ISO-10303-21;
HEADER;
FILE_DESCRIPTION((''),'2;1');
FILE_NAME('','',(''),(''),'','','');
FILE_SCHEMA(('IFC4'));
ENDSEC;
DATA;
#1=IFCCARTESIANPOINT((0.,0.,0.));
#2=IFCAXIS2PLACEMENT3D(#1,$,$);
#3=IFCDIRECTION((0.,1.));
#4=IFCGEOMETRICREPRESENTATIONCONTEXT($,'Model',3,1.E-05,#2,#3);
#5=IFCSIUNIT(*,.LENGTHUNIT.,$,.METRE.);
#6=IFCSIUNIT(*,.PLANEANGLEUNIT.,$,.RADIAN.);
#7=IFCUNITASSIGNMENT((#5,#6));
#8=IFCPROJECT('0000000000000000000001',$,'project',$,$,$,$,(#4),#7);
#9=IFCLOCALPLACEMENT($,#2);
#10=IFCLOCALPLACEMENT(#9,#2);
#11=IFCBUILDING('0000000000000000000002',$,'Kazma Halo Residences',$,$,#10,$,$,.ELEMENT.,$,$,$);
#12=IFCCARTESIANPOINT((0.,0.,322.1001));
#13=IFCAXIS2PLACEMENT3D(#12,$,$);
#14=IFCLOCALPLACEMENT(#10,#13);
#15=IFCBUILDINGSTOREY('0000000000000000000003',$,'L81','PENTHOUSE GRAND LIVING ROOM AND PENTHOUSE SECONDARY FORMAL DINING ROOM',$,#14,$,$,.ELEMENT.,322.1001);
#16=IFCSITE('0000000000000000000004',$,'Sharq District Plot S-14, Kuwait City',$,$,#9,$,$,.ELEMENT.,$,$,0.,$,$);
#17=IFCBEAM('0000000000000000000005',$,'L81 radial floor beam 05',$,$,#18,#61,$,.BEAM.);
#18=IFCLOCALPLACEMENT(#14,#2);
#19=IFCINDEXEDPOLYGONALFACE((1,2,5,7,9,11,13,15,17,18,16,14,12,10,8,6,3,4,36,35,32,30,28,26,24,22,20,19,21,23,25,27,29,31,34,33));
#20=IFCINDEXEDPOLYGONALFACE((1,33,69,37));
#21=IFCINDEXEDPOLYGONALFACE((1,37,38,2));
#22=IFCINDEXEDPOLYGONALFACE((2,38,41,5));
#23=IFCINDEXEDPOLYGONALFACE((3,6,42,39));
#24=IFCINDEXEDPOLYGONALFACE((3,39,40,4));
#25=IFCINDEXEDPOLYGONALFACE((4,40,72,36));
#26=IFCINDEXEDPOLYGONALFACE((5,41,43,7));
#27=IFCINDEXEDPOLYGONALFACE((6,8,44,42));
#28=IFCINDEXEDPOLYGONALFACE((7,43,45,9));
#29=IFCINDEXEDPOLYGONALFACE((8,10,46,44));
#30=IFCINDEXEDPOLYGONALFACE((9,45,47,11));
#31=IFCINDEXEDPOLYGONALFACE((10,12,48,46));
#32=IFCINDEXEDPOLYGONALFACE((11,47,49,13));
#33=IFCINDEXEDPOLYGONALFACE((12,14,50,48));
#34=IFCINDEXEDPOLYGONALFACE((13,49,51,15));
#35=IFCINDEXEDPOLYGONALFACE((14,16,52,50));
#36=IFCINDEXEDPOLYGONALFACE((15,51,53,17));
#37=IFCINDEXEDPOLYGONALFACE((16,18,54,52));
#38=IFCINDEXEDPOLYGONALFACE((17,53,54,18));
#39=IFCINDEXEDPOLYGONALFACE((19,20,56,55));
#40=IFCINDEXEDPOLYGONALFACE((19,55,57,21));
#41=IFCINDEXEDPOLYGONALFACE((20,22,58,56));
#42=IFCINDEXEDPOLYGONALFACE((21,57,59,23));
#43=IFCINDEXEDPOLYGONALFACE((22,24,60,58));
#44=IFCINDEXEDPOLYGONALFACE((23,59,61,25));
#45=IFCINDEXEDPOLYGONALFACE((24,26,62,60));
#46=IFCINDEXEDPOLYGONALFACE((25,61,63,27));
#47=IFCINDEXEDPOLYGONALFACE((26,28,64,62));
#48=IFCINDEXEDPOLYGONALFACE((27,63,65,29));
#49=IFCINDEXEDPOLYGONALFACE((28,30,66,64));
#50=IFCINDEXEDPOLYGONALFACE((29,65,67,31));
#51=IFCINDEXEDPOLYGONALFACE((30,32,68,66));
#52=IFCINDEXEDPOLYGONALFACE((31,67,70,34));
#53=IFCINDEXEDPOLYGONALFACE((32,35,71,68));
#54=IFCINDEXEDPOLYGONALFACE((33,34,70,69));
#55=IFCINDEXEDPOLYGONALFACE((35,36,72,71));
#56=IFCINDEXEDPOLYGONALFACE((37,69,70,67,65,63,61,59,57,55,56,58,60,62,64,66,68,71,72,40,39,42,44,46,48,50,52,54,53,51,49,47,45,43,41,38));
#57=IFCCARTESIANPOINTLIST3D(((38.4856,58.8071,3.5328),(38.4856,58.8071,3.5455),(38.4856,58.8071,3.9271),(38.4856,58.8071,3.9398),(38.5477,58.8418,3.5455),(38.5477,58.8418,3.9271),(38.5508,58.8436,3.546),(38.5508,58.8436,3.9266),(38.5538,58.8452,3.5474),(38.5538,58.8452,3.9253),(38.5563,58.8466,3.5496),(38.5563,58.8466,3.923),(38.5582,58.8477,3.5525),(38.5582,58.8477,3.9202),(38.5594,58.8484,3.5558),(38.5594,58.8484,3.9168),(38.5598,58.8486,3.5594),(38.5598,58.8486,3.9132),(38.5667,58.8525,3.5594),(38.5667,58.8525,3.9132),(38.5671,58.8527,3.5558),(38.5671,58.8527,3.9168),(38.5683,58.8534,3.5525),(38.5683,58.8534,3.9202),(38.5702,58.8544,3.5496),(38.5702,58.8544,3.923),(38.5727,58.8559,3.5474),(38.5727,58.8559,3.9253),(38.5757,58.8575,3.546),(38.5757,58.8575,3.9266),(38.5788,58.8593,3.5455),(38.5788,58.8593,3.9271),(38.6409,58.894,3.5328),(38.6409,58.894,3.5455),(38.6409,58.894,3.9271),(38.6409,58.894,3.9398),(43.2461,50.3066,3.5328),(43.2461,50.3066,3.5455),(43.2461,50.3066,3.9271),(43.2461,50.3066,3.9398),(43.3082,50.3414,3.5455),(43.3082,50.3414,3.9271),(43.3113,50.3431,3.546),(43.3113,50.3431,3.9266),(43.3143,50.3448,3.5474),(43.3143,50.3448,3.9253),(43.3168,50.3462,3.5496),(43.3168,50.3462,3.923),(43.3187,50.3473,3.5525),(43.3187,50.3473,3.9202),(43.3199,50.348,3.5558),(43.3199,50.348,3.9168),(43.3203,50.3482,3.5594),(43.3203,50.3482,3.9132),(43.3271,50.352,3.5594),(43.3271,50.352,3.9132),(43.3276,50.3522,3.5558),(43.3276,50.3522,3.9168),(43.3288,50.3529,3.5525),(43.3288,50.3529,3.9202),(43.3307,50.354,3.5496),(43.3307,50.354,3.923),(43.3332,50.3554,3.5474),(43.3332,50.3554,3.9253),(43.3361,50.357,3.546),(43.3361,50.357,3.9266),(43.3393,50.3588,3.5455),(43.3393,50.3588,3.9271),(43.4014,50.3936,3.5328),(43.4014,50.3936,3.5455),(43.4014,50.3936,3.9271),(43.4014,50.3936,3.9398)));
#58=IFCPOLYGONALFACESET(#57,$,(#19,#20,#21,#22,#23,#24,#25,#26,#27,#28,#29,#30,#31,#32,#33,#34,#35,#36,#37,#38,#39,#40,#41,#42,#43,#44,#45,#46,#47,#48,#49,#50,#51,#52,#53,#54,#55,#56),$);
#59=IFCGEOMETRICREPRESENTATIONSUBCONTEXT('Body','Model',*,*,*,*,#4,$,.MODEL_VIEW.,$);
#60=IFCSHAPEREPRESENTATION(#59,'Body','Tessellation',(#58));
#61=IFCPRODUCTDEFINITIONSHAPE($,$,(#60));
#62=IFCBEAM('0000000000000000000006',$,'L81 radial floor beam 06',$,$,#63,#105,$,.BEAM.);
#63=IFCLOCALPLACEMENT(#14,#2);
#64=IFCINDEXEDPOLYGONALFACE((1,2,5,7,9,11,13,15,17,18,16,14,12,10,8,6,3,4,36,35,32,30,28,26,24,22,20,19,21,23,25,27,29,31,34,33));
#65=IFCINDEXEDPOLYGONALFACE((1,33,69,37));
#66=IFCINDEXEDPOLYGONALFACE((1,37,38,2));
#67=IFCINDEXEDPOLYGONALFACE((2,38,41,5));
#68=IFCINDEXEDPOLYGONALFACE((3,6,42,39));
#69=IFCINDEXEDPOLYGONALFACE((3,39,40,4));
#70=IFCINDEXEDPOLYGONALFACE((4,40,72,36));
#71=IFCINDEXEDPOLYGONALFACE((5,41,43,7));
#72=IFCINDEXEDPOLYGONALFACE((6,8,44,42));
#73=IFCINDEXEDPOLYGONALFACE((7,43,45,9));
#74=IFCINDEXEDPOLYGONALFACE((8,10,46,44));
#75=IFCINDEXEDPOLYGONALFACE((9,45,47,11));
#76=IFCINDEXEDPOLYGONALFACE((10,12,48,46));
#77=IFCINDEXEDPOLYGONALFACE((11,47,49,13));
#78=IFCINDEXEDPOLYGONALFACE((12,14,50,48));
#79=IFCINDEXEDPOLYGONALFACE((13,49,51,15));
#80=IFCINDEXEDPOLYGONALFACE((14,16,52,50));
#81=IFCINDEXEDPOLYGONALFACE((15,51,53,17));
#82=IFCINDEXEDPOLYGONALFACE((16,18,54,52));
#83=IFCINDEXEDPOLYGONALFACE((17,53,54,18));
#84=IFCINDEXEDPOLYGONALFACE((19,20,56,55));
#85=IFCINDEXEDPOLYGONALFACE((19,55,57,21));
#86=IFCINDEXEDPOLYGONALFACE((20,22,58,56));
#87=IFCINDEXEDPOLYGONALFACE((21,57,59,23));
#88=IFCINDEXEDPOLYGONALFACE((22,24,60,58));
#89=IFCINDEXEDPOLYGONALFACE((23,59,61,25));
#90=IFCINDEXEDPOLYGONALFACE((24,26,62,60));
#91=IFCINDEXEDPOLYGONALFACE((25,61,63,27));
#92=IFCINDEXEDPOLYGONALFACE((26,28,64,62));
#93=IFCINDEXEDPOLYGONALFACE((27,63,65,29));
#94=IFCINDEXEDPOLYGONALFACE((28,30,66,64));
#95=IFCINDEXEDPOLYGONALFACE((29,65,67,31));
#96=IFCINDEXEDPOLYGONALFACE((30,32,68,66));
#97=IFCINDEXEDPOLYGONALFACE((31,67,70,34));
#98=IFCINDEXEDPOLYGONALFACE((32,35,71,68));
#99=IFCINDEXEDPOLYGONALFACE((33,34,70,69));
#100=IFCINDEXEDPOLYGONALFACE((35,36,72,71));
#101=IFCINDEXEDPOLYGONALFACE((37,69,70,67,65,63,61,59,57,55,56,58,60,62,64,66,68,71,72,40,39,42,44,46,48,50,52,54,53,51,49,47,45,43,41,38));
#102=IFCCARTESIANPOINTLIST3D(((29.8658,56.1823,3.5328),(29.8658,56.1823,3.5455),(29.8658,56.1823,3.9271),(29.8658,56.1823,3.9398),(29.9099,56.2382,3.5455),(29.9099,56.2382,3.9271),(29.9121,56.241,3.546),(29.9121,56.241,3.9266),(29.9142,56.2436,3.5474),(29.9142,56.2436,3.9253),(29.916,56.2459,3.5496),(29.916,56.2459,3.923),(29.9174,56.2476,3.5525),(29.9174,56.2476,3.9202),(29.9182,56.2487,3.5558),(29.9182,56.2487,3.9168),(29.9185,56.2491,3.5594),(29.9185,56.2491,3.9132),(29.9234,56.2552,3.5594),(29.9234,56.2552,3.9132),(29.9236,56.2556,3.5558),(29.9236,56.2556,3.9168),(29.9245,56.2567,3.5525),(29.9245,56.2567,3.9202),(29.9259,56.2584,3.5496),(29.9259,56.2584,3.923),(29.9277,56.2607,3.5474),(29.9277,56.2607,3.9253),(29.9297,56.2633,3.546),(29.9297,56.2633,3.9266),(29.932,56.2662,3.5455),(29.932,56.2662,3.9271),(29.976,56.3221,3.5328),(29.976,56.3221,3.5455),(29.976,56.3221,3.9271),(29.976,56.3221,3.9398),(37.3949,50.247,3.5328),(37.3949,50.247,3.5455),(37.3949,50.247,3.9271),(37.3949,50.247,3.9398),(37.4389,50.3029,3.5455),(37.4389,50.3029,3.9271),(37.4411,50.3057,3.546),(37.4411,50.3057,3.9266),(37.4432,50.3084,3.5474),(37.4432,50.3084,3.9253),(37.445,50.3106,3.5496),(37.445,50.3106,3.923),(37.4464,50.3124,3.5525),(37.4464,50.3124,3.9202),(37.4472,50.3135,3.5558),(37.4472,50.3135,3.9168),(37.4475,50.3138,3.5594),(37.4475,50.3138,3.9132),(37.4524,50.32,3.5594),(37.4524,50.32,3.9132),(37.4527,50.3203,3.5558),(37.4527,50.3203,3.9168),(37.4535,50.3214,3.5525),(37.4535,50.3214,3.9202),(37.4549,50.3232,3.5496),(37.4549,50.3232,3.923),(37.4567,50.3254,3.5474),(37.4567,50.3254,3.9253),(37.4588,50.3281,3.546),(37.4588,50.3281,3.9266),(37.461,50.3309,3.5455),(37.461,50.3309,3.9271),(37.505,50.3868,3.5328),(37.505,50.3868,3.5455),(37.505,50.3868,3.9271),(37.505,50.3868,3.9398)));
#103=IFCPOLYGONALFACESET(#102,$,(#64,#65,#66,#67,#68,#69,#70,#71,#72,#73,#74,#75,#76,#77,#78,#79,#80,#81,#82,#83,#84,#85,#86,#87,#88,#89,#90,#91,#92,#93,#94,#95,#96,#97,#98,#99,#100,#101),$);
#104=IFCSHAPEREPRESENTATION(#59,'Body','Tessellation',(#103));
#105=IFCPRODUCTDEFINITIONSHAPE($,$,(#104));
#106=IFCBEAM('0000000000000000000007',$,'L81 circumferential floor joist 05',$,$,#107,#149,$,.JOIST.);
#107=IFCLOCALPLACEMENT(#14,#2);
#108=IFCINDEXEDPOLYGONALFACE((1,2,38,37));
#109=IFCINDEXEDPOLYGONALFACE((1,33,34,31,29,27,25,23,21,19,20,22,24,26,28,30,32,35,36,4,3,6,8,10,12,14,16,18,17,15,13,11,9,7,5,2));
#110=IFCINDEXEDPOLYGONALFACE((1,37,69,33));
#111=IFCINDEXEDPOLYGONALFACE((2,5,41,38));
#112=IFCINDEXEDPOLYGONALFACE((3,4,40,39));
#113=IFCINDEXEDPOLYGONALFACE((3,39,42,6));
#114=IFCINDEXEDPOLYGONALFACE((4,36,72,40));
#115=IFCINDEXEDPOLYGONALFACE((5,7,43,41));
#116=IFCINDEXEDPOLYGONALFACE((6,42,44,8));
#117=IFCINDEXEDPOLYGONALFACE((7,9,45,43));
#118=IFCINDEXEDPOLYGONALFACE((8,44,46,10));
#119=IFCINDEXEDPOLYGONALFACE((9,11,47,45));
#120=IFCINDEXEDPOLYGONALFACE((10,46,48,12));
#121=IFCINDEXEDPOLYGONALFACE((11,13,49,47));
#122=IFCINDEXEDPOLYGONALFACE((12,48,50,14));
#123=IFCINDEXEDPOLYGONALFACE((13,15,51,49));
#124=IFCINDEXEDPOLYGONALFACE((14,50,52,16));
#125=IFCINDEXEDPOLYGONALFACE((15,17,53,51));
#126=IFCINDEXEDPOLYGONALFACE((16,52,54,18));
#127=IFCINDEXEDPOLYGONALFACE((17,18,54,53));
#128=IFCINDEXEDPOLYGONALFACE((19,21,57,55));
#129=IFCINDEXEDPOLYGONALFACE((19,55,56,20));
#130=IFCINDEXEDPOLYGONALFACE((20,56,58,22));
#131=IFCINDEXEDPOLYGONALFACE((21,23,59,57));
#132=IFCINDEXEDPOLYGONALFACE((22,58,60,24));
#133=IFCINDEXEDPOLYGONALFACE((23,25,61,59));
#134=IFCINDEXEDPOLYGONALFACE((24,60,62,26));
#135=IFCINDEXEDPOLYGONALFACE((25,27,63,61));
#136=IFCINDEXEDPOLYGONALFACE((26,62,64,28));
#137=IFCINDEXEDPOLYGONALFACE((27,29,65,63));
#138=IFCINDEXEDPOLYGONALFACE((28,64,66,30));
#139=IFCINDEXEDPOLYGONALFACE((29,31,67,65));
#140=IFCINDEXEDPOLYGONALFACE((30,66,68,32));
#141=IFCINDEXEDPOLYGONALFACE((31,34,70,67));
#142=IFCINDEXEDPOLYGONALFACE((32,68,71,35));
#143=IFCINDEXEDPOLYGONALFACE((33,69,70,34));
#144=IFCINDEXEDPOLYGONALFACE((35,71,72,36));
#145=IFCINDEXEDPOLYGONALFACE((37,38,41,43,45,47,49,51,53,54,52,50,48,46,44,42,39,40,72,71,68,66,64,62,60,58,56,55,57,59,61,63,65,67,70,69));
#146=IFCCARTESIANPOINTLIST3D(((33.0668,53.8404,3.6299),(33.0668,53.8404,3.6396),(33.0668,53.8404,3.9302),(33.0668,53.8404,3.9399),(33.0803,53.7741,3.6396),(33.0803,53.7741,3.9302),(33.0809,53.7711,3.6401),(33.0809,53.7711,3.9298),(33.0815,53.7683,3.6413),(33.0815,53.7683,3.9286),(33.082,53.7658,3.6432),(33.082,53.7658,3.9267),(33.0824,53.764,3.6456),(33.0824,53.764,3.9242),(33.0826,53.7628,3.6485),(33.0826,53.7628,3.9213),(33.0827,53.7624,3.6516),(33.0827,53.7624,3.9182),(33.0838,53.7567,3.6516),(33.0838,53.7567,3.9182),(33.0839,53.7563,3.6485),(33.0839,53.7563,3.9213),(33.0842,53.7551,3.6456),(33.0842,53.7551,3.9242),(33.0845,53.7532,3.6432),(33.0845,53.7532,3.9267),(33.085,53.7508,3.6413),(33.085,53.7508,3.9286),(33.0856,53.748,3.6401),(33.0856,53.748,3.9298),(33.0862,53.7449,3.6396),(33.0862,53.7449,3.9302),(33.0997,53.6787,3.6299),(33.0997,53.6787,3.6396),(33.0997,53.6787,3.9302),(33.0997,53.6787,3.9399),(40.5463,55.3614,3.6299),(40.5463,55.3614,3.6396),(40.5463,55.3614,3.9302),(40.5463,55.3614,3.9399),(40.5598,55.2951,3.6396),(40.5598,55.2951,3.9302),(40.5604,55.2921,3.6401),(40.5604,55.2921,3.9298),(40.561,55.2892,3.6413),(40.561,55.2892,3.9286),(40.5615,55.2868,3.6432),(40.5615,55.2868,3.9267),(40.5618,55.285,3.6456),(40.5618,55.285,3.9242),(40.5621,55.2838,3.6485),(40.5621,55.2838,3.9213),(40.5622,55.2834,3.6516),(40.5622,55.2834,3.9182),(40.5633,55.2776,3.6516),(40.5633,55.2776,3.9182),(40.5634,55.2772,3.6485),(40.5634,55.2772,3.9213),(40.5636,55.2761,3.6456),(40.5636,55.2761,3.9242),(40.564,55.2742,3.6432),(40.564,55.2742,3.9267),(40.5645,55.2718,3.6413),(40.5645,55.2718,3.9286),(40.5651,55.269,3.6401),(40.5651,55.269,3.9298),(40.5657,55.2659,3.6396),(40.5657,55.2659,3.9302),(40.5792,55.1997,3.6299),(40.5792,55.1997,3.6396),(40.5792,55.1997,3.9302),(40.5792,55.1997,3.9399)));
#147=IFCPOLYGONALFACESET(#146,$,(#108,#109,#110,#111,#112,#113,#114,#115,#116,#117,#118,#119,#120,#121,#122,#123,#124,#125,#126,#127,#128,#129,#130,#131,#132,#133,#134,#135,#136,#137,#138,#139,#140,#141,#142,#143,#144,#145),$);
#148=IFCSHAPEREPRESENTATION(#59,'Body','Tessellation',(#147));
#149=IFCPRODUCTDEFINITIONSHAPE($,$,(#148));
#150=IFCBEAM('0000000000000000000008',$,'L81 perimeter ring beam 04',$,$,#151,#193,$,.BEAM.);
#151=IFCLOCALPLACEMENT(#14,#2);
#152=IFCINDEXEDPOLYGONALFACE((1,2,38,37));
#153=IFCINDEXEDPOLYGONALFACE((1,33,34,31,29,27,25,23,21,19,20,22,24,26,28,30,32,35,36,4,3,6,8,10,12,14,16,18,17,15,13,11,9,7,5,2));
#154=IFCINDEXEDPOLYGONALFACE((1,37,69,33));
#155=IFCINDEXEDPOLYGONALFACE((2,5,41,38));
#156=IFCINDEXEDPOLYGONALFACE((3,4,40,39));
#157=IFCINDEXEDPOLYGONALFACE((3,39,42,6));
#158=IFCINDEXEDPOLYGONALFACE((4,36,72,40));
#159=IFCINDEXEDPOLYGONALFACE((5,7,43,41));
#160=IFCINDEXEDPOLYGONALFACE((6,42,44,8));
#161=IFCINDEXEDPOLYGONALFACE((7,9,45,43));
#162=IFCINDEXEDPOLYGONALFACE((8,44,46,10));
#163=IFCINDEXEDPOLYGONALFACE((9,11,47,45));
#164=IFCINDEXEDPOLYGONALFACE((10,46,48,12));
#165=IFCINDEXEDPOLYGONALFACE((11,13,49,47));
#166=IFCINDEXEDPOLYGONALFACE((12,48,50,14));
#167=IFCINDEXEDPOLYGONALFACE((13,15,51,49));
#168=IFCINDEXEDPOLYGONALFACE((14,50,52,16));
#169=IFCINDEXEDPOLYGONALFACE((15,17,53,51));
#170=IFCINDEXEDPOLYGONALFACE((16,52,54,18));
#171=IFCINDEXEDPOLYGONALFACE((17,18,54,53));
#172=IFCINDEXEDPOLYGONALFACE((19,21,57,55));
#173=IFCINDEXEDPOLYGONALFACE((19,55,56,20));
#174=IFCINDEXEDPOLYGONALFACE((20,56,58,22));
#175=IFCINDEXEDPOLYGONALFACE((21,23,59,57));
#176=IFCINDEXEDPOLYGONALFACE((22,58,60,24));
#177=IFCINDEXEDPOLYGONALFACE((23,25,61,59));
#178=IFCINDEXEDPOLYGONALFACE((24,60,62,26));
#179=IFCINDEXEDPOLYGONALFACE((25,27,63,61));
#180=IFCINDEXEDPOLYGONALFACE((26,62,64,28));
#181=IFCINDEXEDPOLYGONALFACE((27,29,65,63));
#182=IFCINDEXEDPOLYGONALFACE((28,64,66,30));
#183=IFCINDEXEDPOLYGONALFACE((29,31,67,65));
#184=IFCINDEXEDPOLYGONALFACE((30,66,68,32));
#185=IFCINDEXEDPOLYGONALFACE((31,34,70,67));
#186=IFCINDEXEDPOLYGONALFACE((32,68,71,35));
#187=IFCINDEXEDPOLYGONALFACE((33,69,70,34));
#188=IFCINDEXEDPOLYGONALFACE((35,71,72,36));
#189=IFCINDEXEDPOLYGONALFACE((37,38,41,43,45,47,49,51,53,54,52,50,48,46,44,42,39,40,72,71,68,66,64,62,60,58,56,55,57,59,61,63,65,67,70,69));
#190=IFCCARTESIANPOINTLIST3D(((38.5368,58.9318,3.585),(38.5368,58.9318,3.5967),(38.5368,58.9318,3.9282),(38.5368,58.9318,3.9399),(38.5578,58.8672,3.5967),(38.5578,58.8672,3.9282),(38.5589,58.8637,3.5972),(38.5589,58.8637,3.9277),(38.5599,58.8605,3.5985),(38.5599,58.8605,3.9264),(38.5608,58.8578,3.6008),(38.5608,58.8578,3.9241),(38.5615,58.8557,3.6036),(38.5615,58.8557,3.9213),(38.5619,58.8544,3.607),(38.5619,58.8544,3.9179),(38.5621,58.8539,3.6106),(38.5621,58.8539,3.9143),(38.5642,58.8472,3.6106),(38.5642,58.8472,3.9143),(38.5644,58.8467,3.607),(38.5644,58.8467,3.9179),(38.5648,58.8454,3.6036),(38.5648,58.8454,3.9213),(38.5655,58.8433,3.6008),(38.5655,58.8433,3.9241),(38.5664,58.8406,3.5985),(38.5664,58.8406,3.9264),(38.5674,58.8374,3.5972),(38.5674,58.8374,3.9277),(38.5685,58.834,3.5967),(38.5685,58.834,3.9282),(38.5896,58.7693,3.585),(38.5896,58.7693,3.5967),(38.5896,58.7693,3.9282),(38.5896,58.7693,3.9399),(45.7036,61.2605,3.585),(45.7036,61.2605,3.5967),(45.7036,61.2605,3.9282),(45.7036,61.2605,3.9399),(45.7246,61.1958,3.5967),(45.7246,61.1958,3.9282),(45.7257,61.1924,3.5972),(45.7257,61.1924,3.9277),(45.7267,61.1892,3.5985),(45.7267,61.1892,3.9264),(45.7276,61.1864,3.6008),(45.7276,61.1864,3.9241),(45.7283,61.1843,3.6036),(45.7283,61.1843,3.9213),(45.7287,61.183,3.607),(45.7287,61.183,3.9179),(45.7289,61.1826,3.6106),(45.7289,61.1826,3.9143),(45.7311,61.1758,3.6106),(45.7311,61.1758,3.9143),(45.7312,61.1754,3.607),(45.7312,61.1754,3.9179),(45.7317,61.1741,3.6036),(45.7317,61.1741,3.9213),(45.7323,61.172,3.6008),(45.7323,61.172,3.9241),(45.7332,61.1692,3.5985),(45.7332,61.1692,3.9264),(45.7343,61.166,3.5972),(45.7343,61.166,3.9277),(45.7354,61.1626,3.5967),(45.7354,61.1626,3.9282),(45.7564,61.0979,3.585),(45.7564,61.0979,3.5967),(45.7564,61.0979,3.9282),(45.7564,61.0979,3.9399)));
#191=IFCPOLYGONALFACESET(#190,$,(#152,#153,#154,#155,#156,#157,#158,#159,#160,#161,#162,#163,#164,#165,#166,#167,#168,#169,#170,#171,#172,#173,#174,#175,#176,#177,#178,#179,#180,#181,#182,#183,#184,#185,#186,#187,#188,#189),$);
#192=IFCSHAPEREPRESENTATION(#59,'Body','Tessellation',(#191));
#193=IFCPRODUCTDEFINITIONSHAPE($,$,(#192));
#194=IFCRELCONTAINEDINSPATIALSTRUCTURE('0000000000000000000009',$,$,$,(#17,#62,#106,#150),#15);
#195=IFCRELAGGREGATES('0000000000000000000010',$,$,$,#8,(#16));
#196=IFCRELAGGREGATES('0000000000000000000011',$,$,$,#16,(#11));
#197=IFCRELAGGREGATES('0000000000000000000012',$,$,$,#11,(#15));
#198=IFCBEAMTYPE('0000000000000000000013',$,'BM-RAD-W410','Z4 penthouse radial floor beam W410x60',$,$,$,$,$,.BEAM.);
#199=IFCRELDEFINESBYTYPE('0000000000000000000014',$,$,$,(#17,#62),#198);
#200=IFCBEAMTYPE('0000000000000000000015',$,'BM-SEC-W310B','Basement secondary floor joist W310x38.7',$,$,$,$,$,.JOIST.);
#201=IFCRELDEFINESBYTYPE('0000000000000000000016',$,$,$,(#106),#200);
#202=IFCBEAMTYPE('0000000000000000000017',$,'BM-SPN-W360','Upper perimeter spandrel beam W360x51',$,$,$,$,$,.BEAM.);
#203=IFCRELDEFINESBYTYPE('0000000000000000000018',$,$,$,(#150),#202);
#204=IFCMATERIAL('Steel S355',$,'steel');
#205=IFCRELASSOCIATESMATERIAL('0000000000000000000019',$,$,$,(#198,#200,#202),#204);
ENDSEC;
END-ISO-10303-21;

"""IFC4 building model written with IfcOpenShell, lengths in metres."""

from ifc_helpers import new_model, si_unit, direction, frame, origin, origin_2d, place, context, subcontext, project, spatial, i_section, extrude, material, material_profile, profile_set, type_object, element, save


model = new_model("IFC4")

# Units and contexts
model_context = context("Model", 3, precision=1e-05, world=origin(), true_north=direction((0.0, 1.0)))
body_context = subcontext(model_context, "Body", "Model", "MODEL_VIEW")
ifc_project = project(units=[si_unit("LENGTHUNIT", "METRE"), si_unit("PLANEANGLEUNIT", "RADIAN")], contexts=[model_context])

# Site, building, storey
site_placement = place(None, origin())
site = spatial("IfcSite", under=ifc_project, at=site_placement, Name="Sharq District Plot S-14, Kuwait City", CompositionType="ELEMENT", RefElevation=0.0)
building_placement = place(site_placement, origin())
building = spatial("IfcBuilding", under=site, at=building_placement, Name="Kazma Halo Residences", CompositionType="ELEMENT")
storey_placement = place(building_placement, frame((0.0, 0.0, 322.1001)))
storey = spatial("IfcBuildingStorey", under=building, at=storey_placement, Name="L81", Description="PENTHOUSE GRAND LIVING ROOM AND PENTHOUSE SECONDARY FORMAL DINING ROOM", CompositionType="ELEMENT", Elevation=322.1001)

# Beams
ifc_material_1 = material(Name="Steel S355", Category="steel")
ifc_material_profile_1 = material_profile(ifc_material_1, i_section(OverallWidth=0.178, OverallDepth=0.407, WebThickness=0.0078, FlangeThickness=0.0127, FilletRadius=0.0139, at=origin_2d()), Name="W410x60")
ifc_profile_set_1 = profile_set([ifc_material_profile_1], Name="Steel S355")
beam_type_1 = type_object("IfcBeamType", Name="BM-RAD-W410", Description="Z4 penthouse radial floor beam W410x60", PredefinedType="BEAM", material=ifc_profile_set_1)
beam_1_placement = place(storey_placement, frame((43.3237, 50.3501, 3.7363), z_axis=(-0.488621, 0.872496, 0.0), x_axis=(-0.872496, -0.488621, 0.0)))
element("IfcBeam", 1, at=beam_1_placement, inside=storey, type_object=beam_type_1, Name="L81 radial floor beam 05", PredefinedType="BEAM", context=body_context, shape_type="SweptSolid", body=[
    extrude(i_section(OverallWidth=0.178, OverallDepth=0.407, WebThickness=0.0078, FlangeThickness=0.0127, FilletRadius=0.0139, at=origin_2d()), origin(), (0.0, 0.0, 1.0), 9.7427),
])
beam_2_placement = place(storey_placement, frame((37.45, 50.3169, 3.7363), z_axis=(-0.785323, 0.619086, 0.0), x_axis=(-0.619086, -0.785323, 0.0)))
element("IfcBeam", 2, at=beam_2_placement, inside=storey, type_object=beam_type_1, Name="L81 radial floor beam 06", PredefinedType="BEAM", context=body_context, shape_type="SweptSolid", body=[
    extrude(i_section(OverallWidth=0.178, OverallDepth=0.407, WebThickness=0.0078, FlangeThickness=0.0127, FilletRadius=0.0139, at=origin_2d()), origin(), (0.0, 0.0, 1.0), 9.5872),
])
ifc_material_profile_2 = material_profile(ifc_material_1, i_section(OverallWidth=0.165, OverallDepth=0.3101, WebThickness=0.0059, FlangeThickness=0.0098, FilletRadius=0.012, at=origin_2d()), Name="W310x38.7")
ifc_profile_set_2 = profile_set([ifc_material_profile_2], Name="Steel S355")
beam_type_2 = type_object("IfcBeamType", Name="BM-SEC-W310B", Description="Basement secondary floor joist W310x38.7", PredefinedType="JOIST", material=ifc_profile_set_2)
beam_3_placement = place(storey_placement, frame((40.5627, 55.2805, 3.7849), z_axis=(-0.979943, -0.199277, 0.0), x_axis=(0.199277, -0.979943, 0.0)))
element("IfcBeam", 3, at=beam_3_placement, inside=storey, type_object=beam_type_2, Name="L81 circumferential floor joist 05", PredefinedType="JOIST", context=body_context, shape_type="SweptSolid", body=[
    extrude(i_section(OverallWidth=0.165, OverallDepth=0.3101, WebThickness=0.0059, FlangeThickness=0.0098, FilletRadius=0.012, at=origin_2d()), origin(), (0.0, 0.0, 1.0), 7.6326),
])
ifc_material_profile_3 = material_profile(ifc_material_1, i_section(OverallWidth=0.1709, OverallDepth=0.355, WebThickness=0.0071, FlangeThickness=0.0117, FilletRadius=0.0139, at=origin_2d()), Name="W360x51")
ifc_profile_set_3 = profile_set([ifc_material_profile_3], Name="Steel S355")
beam_type_3 = type_object("IfcBeamType", Name="BM-SPN-W360", Description="Upper perimeter spandrel beam W360x51", PredefinedType="BEAM", material=ifc_profile_set_3)
beam_4_placement = place(storey_placement, frame((45.73, 61.1792, 3.7625), z_axis=(-0.951057, -0.309016, 0.0), x_axis=(0.309016, -0.951057, 0.0)))
element("IfcBeam", 4, at=beam_4_placement, inside=storey, type_object=beam_type_3, Name="L81 perimeter ring beam 04", PredefinedType="BEAM", context=body_context, shape_type="SweptSolid", body=[
    extrude(i_section(OverallWidth=0.1709, OverallDepth=0.355, WebThickness=0.0071, FlangeThickness=0.0117, FilletRadius=0.0139, at=origin_2d()), origin(), (0.0, 0.0, 1.0), 7.5356),
])

save(model, "model.ifc")
